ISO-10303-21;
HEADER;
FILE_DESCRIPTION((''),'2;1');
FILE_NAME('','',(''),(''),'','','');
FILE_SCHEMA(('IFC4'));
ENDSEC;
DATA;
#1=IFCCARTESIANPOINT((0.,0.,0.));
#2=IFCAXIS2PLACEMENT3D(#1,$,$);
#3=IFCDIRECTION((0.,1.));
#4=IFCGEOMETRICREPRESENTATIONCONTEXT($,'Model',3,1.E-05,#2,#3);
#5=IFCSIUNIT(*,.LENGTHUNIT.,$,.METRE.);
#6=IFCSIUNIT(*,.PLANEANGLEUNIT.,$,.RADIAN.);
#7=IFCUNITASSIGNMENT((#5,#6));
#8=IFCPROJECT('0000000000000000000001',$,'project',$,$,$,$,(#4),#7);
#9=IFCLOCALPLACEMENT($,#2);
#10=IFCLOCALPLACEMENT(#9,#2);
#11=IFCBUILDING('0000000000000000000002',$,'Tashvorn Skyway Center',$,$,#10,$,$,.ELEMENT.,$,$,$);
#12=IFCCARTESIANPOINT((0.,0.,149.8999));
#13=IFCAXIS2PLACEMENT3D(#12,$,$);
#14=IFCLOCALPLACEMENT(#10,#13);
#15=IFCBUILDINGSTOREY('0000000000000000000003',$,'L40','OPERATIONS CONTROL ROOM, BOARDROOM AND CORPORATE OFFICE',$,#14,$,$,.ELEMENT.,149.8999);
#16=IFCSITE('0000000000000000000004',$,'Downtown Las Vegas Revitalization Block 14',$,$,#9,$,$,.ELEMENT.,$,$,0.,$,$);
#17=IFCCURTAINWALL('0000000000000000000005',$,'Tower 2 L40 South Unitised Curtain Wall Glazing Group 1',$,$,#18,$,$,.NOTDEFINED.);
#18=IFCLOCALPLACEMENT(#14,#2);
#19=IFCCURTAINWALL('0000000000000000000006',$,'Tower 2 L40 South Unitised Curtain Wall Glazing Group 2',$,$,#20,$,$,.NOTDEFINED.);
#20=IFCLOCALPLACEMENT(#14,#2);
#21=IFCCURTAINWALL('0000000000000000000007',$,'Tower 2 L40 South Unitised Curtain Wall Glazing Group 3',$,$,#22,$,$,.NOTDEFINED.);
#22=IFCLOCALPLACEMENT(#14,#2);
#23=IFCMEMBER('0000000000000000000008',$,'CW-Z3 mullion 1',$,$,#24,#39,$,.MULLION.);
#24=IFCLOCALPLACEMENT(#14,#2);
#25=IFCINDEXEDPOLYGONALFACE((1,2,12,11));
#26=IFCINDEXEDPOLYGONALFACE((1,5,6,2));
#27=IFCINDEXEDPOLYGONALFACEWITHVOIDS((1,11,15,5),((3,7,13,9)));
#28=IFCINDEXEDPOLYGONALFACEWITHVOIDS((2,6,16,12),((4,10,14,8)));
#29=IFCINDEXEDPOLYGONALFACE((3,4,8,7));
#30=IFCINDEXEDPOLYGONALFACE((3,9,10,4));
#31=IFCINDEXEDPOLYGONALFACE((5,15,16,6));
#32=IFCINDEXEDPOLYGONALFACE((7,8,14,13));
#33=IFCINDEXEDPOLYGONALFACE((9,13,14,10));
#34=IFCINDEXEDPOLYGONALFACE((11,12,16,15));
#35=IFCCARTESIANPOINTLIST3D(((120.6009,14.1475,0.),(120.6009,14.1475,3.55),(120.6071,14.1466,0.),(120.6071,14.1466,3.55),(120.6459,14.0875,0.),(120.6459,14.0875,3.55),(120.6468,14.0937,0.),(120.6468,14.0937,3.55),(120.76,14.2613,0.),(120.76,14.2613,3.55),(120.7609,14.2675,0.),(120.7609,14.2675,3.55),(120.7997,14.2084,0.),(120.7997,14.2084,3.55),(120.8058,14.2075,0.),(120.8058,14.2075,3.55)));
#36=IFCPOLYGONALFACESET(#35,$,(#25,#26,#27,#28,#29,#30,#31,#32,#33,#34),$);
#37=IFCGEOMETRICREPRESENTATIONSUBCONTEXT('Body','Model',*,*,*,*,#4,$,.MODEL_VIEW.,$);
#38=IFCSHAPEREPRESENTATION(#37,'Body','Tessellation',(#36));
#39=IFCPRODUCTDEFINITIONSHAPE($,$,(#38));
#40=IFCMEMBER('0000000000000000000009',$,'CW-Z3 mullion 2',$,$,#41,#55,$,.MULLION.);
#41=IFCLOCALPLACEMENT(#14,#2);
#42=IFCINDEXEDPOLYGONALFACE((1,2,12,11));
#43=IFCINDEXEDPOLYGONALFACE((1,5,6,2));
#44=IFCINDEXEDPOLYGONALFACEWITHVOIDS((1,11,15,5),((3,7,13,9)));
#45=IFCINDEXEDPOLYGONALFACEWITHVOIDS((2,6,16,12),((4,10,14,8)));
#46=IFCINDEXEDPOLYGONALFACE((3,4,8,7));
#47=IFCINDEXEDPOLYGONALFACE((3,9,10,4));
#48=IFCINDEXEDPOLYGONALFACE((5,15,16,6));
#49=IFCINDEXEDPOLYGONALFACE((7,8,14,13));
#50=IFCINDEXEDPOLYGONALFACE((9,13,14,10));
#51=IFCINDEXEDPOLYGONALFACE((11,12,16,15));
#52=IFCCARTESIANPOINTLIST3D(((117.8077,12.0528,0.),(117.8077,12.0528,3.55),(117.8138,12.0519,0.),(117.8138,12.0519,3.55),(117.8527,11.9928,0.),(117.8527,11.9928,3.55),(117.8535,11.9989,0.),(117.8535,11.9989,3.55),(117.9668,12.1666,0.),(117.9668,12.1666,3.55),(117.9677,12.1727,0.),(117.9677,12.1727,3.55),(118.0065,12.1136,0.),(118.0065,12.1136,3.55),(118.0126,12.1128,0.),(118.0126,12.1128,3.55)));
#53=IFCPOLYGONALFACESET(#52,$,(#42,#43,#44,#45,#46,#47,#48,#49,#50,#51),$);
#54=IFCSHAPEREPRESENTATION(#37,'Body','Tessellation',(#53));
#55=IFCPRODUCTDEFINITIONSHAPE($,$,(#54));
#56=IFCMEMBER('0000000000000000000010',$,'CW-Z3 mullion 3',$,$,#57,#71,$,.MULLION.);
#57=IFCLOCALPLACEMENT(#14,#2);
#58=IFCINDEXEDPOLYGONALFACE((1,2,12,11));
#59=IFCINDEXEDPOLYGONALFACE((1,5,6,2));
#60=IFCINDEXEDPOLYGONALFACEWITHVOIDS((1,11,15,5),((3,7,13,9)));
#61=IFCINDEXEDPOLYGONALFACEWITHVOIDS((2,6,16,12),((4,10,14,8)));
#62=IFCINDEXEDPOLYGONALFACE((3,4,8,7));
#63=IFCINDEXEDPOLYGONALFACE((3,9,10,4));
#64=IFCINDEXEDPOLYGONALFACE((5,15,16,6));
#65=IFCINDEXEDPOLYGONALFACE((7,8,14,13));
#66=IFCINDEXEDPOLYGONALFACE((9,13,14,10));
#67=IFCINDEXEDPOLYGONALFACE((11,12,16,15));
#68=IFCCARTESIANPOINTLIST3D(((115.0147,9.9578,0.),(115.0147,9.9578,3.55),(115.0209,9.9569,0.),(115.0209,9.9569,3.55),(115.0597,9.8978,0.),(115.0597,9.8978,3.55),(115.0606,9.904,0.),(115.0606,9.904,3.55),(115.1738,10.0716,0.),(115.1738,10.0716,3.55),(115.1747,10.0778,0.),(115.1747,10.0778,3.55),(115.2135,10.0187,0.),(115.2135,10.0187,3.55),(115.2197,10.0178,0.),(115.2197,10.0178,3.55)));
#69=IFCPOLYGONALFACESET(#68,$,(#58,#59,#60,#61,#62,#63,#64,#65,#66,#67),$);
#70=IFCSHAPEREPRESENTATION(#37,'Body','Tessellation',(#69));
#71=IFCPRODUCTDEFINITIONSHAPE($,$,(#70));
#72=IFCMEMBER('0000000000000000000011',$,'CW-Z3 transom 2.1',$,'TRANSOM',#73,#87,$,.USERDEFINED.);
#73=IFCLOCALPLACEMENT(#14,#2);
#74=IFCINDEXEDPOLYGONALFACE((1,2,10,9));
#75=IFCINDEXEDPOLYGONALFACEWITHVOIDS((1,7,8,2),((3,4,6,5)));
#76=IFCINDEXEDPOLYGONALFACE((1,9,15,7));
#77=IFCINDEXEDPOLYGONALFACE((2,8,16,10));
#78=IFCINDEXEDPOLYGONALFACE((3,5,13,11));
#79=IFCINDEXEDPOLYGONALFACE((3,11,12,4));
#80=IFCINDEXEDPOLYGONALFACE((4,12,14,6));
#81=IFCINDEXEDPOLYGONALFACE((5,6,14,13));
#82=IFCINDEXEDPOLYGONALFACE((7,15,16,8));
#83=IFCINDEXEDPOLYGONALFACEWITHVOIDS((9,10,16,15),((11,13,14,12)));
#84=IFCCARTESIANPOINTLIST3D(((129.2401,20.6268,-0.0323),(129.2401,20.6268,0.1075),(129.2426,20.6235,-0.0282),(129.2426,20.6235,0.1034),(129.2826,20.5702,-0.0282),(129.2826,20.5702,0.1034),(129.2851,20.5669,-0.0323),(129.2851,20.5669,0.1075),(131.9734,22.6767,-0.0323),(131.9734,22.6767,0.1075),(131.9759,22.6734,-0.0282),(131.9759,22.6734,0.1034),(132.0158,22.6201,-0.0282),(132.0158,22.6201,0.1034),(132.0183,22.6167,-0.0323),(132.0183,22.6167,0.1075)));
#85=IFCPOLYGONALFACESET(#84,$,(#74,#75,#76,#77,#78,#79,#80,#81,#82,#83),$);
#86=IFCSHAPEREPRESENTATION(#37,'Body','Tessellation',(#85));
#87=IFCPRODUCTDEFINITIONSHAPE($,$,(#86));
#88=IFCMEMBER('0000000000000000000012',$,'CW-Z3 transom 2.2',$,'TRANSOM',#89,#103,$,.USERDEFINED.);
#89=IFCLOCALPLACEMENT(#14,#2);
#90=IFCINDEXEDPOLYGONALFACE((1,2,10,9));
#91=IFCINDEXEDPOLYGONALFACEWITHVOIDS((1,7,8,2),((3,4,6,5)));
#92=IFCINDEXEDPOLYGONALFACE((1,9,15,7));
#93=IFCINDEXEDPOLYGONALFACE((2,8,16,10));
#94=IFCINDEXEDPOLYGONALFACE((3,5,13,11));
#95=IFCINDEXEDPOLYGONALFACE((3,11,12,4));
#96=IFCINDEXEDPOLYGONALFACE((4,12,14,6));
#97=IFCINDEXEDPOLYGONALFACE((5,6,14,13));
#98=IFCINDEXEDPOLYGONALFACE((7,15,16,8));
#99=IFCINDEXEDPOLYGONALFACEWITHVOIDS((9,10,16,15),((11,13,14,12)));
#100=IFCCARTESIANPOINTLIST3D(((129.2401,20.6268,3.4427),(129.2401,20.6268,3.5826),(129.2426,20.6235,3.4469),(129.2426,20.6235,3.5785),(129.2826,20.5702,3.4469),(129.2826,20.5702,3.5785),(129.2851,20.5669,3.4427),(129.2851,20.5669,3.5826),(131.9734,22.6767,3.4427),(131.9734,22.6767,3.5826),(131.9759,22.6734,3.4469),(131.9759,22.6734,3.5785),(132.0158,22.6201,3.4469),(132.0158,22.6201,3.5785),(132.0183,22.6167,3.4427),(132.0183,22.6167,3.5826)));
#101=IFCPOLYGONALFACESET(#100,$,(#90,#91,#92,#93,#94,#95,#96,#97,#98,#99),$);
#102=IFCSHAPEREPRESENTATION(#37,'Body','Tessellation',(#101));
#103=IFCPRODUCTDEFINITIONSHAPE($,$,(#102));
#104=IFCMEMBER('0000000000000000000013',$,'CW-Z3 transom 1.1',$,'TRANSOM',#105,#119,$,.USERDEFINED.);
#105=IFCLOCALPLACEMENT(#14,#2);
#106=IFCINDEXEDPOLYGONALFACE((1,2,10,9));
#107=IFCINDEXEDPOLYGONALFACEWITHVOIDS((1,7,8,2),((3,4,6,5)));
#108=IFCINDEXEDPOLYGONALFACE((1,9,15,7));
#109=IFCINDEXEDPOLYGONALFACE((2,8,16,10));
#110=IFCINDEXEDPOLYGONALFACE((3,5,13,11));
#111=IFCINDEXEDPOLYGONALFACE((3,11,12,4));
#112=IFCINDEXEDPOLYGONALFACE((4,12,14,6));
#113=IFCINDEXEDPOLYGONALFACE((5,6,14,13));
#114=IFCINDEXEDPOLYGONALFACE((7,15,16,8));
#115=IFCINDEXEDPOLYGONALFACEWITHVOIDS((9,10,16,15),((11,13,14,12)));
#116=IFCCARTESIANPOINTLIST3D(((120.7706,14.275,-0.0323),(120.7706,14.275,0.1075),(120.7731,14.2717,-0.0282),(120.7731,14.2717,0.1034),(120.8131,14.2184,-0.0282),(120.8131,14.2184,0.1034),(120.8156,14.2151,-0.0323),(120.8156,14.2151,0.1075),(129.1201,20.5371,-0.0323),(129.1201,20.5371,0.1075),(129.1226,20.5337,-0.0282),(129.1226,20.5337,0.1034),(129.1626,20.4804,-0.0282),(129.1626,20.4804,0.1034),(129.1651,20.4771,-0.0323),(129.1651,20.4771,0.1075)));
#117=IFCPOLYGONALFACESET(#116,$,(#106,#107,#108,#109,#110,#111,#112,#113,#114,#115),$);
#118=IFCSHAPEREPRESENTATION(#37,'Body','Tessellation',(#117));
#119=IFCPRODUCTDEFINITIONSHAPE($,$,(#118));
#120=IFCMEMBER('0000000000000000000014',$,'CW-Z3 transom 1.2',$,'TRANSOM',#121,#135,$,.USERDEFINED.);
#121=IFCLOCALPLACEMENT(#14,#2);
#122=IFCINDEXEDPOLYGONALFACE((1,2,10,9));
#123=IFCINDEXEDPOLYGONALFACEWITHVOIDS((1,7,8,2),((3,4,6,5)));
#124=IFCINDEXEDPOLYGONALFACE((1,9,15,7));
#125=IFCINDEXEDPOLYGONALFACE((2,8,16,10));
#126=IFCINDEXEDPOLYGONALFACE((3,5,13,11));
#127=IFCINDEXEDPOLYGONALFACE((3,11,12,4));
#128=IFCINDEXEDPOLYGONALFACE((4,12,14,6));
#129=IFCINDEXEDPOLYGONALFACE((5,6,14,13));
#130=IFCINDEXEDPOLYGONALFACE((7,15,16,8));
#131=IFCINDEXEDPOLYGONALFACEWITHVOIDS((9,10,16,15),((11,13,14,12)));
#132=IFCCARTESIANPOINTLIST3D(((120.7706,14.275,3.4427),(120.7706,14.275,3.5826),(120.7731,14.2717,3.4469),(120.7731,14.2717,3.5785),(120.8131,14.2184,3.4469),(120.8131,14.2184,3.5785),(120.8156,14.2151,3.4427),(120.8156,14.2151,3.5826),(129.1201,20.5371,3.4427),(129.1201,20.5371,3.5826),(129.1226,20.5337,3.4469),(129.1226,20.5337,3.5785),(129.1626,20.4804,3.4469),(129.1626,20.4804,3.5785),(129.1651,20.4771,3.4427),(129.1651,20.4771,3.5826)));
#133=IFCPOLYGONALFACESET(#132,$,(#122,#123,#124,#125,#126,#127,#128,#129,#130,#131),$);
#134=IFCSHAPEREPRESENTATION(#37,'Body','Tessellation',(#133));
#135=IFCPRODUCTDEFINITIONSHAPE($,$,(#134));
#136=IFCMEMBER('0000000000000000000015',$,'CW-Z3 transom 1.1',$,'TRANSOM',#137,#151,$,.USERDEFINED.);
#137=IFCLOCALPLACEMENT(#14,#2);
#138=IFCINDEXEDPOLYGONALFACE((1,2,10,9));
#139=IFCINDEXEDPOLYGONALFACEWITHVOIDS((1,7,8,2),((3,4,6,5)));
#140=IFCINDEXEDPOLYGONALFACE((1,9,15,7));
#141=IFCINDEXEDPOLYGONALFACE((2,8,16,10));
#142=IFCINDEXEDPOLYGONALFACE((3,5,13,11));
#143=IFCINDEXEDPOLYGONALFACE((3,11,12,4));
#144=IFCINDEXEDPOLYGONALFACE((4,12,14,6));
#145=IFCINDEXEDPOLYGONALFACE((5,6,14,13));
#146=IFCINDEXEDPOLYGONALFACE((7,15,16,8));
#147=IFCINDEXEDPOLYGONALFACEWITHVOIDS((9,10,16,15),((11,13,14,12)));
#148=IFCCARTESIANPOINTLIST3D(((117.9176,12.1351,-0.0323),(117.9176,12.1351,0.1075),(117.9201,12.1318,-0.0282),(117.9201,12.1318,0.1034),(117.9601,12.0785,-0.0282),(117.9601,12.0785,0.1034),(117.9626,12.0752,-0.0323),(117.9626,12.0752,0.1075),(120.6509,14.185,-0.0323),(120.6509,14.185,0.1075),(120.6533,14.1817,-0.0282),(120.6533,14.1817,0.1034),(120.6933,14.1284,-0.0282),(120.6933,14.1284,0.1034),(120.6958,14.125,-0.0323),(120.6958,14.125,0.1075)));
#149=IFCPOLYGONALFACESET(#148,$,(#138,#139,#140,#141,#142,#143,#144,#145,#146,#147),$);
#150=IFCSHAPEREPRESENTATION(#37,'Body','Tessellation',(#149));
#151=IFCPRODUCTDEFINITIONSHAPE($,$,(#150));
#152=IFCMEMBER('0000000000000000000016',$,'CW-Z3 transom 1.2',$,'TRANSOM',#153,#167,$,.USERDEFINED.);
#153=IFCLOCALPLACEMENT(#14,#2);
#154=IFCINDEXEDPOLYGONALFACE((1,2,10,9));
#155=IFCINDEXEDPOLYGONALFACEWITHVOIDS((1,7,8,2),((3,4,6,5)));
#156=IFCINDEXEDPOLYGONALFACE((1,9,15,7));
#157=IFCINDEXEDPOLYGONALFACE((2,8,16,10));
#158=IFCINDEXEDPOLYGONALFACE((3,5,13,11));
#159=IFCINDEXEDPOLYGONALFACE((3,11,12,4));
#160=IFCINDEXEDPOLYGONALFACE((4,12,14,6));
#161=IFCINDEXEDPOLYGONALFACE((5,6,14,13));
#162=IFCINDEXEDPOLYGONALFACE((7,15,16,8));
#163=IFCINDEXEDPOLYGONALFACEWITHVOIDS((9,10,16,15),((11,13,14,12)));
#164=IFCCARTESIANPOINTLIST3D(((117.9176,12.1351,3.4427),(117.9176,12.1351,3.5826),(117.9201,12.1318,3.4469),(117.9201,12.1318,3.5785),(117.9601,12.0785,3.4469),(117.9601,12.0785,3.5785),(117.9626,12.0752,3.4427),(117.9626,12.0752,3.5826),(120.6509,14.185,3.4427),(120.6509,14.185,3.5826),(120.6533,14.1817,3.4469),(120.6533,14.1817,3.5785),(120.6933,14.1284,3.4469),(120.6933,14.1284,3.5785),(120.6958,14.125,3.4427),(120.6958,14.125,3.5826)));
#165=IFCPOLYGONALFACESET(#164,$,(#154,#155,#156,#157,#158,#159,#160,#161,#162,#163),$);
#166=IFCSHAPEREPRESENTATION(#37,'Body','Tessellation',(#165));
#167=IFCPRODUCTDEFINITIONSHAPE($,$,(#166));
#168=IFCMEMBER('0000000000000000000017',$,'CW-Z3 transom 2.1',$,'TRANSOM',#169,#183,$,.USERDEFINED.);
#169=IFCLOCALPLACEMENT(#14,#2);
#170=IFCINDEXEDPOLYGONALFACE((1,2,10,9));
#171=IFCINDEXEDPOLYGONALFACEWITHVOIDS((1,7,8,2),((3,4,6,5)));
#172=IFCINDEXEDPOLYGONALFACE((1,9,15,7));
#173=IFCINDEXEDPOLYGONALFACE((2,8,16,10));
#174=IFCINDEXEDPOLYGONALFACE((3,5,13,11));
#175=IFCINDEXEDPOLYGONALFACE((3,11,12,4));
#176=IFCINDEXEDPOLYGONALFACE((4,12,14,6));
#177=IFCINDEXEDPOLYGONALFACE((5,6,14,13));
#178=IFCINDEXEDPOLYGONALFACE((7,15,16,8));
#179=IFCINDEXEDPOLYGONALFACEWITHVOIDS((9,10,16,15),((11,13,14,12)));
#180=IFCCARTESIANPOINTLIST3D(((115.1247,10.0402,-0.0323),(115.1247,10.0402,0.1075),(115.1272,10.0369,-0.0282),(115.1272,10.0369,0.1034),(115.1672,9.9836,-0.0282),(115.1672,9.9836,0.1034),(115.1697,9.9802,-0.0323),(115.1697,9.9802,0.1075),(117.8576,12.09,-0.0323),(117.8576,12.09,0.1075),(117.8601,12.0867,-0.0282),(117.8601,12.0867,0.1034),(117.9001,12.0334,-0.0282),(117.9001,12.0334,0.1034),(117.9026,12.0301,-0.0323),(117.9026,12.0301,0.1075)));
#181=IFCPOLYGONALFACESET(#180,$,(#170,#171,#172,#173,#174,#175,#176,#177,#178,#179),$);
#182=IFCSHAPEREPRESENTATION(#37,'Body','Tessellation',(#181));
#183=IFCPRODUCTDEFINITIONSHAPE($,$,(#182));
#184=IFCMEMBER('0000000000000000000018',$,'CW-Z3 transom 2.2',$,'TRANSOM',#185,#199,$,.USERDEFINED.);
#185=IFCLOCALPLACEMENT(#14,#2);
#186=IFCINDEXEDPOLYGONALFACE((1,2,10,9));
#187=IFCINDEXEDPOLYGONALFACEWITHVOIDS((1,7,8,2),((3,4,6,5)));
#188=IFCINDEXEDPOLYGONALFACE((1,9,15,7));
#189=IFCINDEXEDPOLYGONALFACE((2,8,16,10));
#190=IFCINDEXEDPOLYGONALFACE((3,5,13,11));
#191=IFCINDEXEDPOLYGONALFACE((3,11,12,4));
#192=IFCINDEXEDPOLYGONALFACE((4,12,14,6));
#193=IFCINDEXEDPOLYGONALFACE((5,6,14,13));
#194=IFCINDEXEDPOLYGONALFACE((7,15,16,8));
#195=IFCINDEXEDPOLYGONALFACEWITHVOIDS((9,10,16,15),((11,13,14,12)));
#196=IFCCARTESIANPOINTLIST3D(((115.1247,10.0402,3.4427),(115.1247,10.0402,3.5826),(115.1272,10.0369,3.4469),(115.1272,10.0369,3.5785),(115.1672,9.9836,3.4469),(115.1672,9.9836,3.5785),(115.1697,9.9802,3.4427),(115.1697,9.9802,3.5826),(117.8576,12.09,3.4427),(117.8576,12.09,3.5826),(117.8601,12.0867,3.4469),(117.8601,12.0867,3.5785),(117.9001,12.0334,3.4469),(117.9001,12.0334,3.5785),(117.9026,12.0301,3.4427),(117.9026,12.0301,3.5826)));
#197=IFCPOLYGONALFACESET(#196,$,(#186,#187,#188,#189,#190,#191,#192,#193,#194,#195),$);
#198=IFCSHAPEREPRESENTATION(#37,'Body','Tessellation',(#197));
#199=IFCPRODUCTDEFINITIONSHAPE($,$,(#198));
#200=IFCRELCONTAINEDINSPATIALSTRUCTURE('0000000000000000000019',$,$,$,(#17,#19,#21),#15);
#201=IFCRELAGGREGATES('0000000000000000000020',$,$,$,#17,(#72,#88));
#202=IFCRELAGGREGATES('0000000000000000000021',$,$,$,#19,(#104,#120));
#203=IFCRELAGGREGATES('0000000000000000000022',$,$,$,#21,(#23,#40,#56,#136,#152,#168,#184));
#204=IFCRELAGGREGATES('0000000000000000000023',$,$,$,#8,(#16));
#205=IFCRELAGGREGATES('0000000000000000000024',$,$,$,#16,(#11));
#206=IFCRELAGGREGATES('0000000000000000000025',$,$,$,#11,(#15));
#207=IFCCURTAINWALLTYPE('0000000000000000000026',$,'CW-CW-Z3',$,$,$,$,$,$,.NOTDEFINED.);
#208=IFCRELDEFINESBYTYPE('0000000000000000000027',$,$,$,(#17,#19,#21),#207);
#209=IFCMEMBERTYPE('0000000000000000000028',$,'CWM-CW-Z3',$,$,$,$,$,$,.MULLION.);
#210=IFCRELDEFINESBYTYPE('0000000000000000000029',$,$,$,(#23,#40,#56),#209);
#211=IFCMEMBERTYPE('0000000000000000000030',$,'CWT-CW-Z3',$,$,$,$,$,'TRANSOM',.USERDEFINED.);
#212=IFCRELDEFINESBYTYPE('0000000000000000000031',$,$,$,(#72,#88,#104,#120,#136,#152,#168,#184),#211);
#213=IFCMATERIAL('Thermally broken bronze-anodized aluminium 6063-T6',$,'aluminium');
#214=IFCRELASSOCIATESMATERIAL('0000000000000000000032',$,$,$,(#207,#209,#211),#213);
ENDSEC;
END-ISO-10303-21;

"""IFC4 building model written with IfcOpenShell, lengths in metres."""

from ifc_helpers import new_model, si_unit, direction, frame, origin, origin_2d, place, context, subcontext, project, spatial, hollow_rectangle, extrude, material, material_profile, profile_set, type_object, element, aggregate, save


model = new_model("IFC4")

# Units and contexts
model_context = context("Model", 3, precision=1e-05, world=origin(), true_north=direction((0.0, 1.0)))
body_context = subcontext(model_context, "Body", "Model", "MODEL_VIEW")
ifc_project = project(units=[si_unit("LENGTHUNIT", "METRE"), si_unit("PLANEANGLEUNIT", "RADIAN")], contexts=[model_context])

# Site, building, storey
site_placement = place(None, origin())
site = spatial("IfcSite", under=ifc_project, at=site_placement, Name="Downtown Las Vegas Revitalization Block 14", CompositionType="ELEMENT", RefElevation=0.0)
building_placement = place(site_placement, origin())
building = spatial("IfcBuilding", under=site, at=building_placement, Name="Tashvorn Skyway Center", CompositionType="ELEMENT")
storey_placement = place(building_placement, frame((0.0, 0.0, 149.8999)))
storey = spatial("IfcBuildingStorey", under=building, at=storey_placement, Name="L40", Description="OPERATIONS CONTROL ROOM, BOARDROOM AND CORPORATE OFFICE", CompositionType="ELEMENT", Elevation=149.8999)

# Curtain walls, members
ifc_material_1 = material(Name="Thermally broken bronze-anodized aluminium 6063-T6", Category="aluminium")
curtain_wall_type = type_object("IfcCurtainWallType", Name="CW-CW-Z3", PredefinedType="NOTDEFINED", material=ifc_material_1)
curtain_wall_1_placement = place(storey_placement, origin())
curtain_wall_1 = element("IfcCurtainWall", 1, at=curtain_wall_1_placement, inside=storey, type_object=curtain_wall_type, Name="Tower 2 L40 South Unitised Curtain Wall Glazing Group 1", PredefinedType="NOTDEFINED")
ifc_material_profile_1 = material_profile(ifc_material_1, hollow_rectangle(XDim=0.075, YDim=0.2, WallThickness=0.0044, at=origin_2d()), Name="ALU-MULL-75x200")
ifc_profile_set_1 = profile_set([ifc_material_profile_1], Name="Thermally broken bronze-anodized aluminium 6063-T6")
member_type_1 = type_object("IfcMemberType", Name="CWM-CW-Z3", PredefinedType="MULLION", material=ifc_profile_set_1)
curtain_wall_2_placement = place(storey_placement, origin())
curtain_wall_2 = element("IfcCurtainWall", 2, at=curtain_wall_2_placement, inside=storey, type_object=curtain_wall_type, Name="Tower 2 L40 South Unitised Curtain Wall Glazing Group 2", PredefinedType="NOTDEFINED")
curtain_wall_3_placement = place(storey_placement, origin())
curtain_wall_3 = element("IfcCurtainWall", 3, at=curtain_wall_3_placement, inside=storey, type_object=curtain_wall_type, Name="Tower 2 L40 South Unitised Curtain Wall Glazing Group 3", PredefinedType="NOTDEFINED")
member_1_placement = place(storey_placement, frame((120.7034, 14.1775, 0.0), z_axis=(0.0, 0.0, 1.0), x_axis=(0.600005, -0.799997, 0.0)))
member_1 = element("IfcMember", 4, at=member_1_placement, type_object=member_type_1, Name="CW-Z3 mullion 1", PredefinedType="MULLION", context=body_context, shape_type="SweptSolid", body=[
    extrude(hollow_rectangle(XDim=0.075, YDim=0.2, WallThickness=0.0044, at=origin_2d()), origin(), (0.0, 0.0, 1.0), 3.55),
])
member_2_placement = place(storey_placement, frame((117.9102, 12.0828, 0.0), z_axis=(0.0, 0.0, 1.0), x_axis=(0.600005, -0.799997, 0.0)))
member_2 = element("IfcMember", 5, at=member_2_placement, type_object=member_type_1, Name="CW-Z3 mullion 2", PredefinedType="MULLION", context=body_context, shape_type="SweptSolid", body=[
    extrude(hollow_rectangle(XDim=0.075, YDim=0.2, WallThickness=0.0044, at=origin_2d()), origin(), (0.0, 0.0, 1.0), 3.55),
])
member_3_placement = place(storey_placement, frame((115.1172, 9.9878, 0.0), z_axis=(0.0, 0.0, 1.0), x_axis=(0.600005, -0.799997, 0.0)))
member_3 = element("IfcMember", 6, at=member_3_placement, type_object=member_type_1, Name="CW-Z3 mullion 3", PredefinedType="MULLION", context=body_context, shape_type="SweptSolid", body=[
    extrude(hollow_rectangle(XDim=0.075, YDim=0.2, WallThickness=0.0044, at=origin_2d()), origin(), (0.0, 0.0, 1.0), 3.55),
])

# Members
ifc_material_profile_2 = material_profile(ifc_material_1, hollow_rectangle(XDim=0.075, YDim=0.1399, WallThickness=0.0042, at=origin_2d()), Name="ALU-TRAN-75x140")
ifc_profile_set_2 = profile_set([ifc_material_profile_2], Name="Thermally broken bronze-anodized aluminium 6063-T6")
member_type_2 = type_object("IfcMemberType", Name="CWT-CW-Z3", ElementType="TRANSOM", PredefinedType="USERDEFINED", material=ifc_profile_set_2)
member_4_placement = place(storey_placement, frame((131.9958, 22.6467, 0.0376), z_axis=(-0.800009, -0.599989, 0.0), x_axis=(0.599989, -0.800009, 0.0)))
member_4 = element("IfcMember", 7, at=member_4_placement, type_object=member_type_2, Name="CW-Z3 transom 2.1", ObjectType="TRANSOM", PredefinedType="USERDEFINED", context=body_context, shape_type="SweptSolid", body=[
    extrude(hollow_rectangle(XDim=0.075, YDim=0.1399, WallThickness=0.0042, at=origin_2d()), origin(), (0.0, 0.0, 1.0), 3.4165),
])
member_5_placement = place(storey_placement, frame((131.9958, 22.6467, 3.5127), z_axis=(-0.800009, -0.599989, 0.0), x_axis=(0.599989, -0.800009, 0.0)))
member_5 = element("IfcMember", 8, at=member_5_placement, type_object=member_type_2, Name="CW-Z3 transom 2.2", ObjectType="TRANSOM", PredefinedType="USERDEFINED", context=body_context, shape_type="SweptSolid", body=[
    extrude(hollow_rectangle(XDim=0.075, YDim=0.1399, WallThickness=0.0042, at=origin_2d()), origin(), (0.0, 0.0, 1.0), 3.4165),
])
member_6_placement = place(storey_placement, frame((129.1426, 20.5071, 0.0376), z_axis=(-0.800003, -0.599996, 0.0), x_axis=(0.599996, -0.800003, 0.0)))
member_6 = element("IfcMember", 9, at=member_6_placement, type_object=member_type_2, Name="CW-Z3 transom 1.1", ObjectType="TRANSOM", PredefinedType="USERDEFINED", context=body_context, shape_type="SweptSolid", body=[
    extrude(hollow_rectangle(XDim=0.075, YDim=0.1399, WallThickness=0.0042, at=origin_2d()), origin(), (0.0, 0.0, 1.0), 10.4368),
])
member_7_placement = place(storey_placement, frame((129.1426, 20.5071, 3.5127), z_axis=(-0.800003, -0.599996, 0.0), x_axis=(0.599996, -0.800003, 0.0)))
member_7 = element("IfcMember", 10, at=member_7_placement, type_object=member_type_2, Name="CW-Z3 transom 1.2", ObjectType="TRANSOM", PredefinedType="USERDEFINED", context=body_context, shape_type="SweptSolid", body=[
    extrude(hollow_rectangle(XDim=0.075, YDim=0.1399, WallThickness=0.0042, at=origin_2d()), origin(), (0.0, 0.0, 1.0), 10.4368),
])
member_8_placement = place(storey_placement, frame((120.6733, 14.155, 0.0376), z_axis=(-0.800009, -0.599989, 0.0), x_axis=(0.599989, -0.800009, 0.0)))
member_8 = element("IfcMember", 11, at=member_8_placement, type_object=member_type_2, Name="CW-Z3 transom 1.1", ObjectType="TRANSOM", PredefinedType="USERDEFINED", context=body_context, shape_type="SweptSolid", body=[
    extrude(hollow_rectangle(XDim=0.075, YDim=0.1399, WallThickness=0.0042, at=origin_2d()), origin(), (0.0, 0.0, 1.0), 3.4165),
])
member_9_placement = place(storey_placement, frame((120.6733, 14.155, 3.5127), z_axis=(-0.800009, -0.599989, 0.0), x_axis=(0.599989, -0.800009, 0.0)))
member_9 = element("IfcMember", 12, at=member_9_placement, type_object=member_type_2, Name="CW-Z3 transom 1.2", ObjectType="TRANSOM", PredefinedType="USERDEFINED", context=body_context, shape_type="SweptSolid", body=[
    extrude(hollow_rectangle(XDim=0.075, YDim=0.1399, WallThickness=0.0042, at=origin_2d()), origin(), (0.0, 0.0, 1.0), 3.4165),
])
member_10_placement = place(storey_placement, frame((117.8801, 12.0601, 0.0376), z_axis=(-0.799983, -0.600023, 0.0), x_axis=(0.600023, -0.799983, 0.0)))
member_10 = element("IfcMember", 13, at=member_10_placement, type_object=member_type_2, Name="CW-Z3 transom 2.1", ObjectType="TRANSOM", PredefinedType="USERDEFINED", context=body_context, shape_type="SweptSolid", body=[
    extrude(hollow_rectangle(XDim=0.075, YDim=0.1399, WallThickness=0.0042, at=origin_2d()), origin(), (0.0, 0.0, 1.0), 3.4163),
])
member_11_placement = place(storey_placement, frame((117.8801, 12.0601, 3.5127), z_axis=(-0.799983, -0.600023, 0.0), x_axis=(0.600023, -0.799983, 0.0)))
member_11 = element("IfcMember", 14, at=member_11_placement, type_object=member_type_2, Name="CW-Z3 transom 2.2", ObjectType="TRANSOM", PredefinedType="USERDEFINED", context=body_context, shape_type="SweptSolid", body=[
    extrude(hollow_rectangle(XDim=0.075, YDim=0.1399, WallThickness=0.0042, at=origin_2d()), origin(), (0.0, 0.0, 1.0), 3.4163),
])

aggregate(curtain_wall_1, [member_4, member_5])
aggregate(curtain_wall_2, [member_6, member_7])
aggregate(curtain_wall_3, [member_1, member_2, member_3, member_8, member_9, member_10, member_11])

save(model, "model.ifc")
